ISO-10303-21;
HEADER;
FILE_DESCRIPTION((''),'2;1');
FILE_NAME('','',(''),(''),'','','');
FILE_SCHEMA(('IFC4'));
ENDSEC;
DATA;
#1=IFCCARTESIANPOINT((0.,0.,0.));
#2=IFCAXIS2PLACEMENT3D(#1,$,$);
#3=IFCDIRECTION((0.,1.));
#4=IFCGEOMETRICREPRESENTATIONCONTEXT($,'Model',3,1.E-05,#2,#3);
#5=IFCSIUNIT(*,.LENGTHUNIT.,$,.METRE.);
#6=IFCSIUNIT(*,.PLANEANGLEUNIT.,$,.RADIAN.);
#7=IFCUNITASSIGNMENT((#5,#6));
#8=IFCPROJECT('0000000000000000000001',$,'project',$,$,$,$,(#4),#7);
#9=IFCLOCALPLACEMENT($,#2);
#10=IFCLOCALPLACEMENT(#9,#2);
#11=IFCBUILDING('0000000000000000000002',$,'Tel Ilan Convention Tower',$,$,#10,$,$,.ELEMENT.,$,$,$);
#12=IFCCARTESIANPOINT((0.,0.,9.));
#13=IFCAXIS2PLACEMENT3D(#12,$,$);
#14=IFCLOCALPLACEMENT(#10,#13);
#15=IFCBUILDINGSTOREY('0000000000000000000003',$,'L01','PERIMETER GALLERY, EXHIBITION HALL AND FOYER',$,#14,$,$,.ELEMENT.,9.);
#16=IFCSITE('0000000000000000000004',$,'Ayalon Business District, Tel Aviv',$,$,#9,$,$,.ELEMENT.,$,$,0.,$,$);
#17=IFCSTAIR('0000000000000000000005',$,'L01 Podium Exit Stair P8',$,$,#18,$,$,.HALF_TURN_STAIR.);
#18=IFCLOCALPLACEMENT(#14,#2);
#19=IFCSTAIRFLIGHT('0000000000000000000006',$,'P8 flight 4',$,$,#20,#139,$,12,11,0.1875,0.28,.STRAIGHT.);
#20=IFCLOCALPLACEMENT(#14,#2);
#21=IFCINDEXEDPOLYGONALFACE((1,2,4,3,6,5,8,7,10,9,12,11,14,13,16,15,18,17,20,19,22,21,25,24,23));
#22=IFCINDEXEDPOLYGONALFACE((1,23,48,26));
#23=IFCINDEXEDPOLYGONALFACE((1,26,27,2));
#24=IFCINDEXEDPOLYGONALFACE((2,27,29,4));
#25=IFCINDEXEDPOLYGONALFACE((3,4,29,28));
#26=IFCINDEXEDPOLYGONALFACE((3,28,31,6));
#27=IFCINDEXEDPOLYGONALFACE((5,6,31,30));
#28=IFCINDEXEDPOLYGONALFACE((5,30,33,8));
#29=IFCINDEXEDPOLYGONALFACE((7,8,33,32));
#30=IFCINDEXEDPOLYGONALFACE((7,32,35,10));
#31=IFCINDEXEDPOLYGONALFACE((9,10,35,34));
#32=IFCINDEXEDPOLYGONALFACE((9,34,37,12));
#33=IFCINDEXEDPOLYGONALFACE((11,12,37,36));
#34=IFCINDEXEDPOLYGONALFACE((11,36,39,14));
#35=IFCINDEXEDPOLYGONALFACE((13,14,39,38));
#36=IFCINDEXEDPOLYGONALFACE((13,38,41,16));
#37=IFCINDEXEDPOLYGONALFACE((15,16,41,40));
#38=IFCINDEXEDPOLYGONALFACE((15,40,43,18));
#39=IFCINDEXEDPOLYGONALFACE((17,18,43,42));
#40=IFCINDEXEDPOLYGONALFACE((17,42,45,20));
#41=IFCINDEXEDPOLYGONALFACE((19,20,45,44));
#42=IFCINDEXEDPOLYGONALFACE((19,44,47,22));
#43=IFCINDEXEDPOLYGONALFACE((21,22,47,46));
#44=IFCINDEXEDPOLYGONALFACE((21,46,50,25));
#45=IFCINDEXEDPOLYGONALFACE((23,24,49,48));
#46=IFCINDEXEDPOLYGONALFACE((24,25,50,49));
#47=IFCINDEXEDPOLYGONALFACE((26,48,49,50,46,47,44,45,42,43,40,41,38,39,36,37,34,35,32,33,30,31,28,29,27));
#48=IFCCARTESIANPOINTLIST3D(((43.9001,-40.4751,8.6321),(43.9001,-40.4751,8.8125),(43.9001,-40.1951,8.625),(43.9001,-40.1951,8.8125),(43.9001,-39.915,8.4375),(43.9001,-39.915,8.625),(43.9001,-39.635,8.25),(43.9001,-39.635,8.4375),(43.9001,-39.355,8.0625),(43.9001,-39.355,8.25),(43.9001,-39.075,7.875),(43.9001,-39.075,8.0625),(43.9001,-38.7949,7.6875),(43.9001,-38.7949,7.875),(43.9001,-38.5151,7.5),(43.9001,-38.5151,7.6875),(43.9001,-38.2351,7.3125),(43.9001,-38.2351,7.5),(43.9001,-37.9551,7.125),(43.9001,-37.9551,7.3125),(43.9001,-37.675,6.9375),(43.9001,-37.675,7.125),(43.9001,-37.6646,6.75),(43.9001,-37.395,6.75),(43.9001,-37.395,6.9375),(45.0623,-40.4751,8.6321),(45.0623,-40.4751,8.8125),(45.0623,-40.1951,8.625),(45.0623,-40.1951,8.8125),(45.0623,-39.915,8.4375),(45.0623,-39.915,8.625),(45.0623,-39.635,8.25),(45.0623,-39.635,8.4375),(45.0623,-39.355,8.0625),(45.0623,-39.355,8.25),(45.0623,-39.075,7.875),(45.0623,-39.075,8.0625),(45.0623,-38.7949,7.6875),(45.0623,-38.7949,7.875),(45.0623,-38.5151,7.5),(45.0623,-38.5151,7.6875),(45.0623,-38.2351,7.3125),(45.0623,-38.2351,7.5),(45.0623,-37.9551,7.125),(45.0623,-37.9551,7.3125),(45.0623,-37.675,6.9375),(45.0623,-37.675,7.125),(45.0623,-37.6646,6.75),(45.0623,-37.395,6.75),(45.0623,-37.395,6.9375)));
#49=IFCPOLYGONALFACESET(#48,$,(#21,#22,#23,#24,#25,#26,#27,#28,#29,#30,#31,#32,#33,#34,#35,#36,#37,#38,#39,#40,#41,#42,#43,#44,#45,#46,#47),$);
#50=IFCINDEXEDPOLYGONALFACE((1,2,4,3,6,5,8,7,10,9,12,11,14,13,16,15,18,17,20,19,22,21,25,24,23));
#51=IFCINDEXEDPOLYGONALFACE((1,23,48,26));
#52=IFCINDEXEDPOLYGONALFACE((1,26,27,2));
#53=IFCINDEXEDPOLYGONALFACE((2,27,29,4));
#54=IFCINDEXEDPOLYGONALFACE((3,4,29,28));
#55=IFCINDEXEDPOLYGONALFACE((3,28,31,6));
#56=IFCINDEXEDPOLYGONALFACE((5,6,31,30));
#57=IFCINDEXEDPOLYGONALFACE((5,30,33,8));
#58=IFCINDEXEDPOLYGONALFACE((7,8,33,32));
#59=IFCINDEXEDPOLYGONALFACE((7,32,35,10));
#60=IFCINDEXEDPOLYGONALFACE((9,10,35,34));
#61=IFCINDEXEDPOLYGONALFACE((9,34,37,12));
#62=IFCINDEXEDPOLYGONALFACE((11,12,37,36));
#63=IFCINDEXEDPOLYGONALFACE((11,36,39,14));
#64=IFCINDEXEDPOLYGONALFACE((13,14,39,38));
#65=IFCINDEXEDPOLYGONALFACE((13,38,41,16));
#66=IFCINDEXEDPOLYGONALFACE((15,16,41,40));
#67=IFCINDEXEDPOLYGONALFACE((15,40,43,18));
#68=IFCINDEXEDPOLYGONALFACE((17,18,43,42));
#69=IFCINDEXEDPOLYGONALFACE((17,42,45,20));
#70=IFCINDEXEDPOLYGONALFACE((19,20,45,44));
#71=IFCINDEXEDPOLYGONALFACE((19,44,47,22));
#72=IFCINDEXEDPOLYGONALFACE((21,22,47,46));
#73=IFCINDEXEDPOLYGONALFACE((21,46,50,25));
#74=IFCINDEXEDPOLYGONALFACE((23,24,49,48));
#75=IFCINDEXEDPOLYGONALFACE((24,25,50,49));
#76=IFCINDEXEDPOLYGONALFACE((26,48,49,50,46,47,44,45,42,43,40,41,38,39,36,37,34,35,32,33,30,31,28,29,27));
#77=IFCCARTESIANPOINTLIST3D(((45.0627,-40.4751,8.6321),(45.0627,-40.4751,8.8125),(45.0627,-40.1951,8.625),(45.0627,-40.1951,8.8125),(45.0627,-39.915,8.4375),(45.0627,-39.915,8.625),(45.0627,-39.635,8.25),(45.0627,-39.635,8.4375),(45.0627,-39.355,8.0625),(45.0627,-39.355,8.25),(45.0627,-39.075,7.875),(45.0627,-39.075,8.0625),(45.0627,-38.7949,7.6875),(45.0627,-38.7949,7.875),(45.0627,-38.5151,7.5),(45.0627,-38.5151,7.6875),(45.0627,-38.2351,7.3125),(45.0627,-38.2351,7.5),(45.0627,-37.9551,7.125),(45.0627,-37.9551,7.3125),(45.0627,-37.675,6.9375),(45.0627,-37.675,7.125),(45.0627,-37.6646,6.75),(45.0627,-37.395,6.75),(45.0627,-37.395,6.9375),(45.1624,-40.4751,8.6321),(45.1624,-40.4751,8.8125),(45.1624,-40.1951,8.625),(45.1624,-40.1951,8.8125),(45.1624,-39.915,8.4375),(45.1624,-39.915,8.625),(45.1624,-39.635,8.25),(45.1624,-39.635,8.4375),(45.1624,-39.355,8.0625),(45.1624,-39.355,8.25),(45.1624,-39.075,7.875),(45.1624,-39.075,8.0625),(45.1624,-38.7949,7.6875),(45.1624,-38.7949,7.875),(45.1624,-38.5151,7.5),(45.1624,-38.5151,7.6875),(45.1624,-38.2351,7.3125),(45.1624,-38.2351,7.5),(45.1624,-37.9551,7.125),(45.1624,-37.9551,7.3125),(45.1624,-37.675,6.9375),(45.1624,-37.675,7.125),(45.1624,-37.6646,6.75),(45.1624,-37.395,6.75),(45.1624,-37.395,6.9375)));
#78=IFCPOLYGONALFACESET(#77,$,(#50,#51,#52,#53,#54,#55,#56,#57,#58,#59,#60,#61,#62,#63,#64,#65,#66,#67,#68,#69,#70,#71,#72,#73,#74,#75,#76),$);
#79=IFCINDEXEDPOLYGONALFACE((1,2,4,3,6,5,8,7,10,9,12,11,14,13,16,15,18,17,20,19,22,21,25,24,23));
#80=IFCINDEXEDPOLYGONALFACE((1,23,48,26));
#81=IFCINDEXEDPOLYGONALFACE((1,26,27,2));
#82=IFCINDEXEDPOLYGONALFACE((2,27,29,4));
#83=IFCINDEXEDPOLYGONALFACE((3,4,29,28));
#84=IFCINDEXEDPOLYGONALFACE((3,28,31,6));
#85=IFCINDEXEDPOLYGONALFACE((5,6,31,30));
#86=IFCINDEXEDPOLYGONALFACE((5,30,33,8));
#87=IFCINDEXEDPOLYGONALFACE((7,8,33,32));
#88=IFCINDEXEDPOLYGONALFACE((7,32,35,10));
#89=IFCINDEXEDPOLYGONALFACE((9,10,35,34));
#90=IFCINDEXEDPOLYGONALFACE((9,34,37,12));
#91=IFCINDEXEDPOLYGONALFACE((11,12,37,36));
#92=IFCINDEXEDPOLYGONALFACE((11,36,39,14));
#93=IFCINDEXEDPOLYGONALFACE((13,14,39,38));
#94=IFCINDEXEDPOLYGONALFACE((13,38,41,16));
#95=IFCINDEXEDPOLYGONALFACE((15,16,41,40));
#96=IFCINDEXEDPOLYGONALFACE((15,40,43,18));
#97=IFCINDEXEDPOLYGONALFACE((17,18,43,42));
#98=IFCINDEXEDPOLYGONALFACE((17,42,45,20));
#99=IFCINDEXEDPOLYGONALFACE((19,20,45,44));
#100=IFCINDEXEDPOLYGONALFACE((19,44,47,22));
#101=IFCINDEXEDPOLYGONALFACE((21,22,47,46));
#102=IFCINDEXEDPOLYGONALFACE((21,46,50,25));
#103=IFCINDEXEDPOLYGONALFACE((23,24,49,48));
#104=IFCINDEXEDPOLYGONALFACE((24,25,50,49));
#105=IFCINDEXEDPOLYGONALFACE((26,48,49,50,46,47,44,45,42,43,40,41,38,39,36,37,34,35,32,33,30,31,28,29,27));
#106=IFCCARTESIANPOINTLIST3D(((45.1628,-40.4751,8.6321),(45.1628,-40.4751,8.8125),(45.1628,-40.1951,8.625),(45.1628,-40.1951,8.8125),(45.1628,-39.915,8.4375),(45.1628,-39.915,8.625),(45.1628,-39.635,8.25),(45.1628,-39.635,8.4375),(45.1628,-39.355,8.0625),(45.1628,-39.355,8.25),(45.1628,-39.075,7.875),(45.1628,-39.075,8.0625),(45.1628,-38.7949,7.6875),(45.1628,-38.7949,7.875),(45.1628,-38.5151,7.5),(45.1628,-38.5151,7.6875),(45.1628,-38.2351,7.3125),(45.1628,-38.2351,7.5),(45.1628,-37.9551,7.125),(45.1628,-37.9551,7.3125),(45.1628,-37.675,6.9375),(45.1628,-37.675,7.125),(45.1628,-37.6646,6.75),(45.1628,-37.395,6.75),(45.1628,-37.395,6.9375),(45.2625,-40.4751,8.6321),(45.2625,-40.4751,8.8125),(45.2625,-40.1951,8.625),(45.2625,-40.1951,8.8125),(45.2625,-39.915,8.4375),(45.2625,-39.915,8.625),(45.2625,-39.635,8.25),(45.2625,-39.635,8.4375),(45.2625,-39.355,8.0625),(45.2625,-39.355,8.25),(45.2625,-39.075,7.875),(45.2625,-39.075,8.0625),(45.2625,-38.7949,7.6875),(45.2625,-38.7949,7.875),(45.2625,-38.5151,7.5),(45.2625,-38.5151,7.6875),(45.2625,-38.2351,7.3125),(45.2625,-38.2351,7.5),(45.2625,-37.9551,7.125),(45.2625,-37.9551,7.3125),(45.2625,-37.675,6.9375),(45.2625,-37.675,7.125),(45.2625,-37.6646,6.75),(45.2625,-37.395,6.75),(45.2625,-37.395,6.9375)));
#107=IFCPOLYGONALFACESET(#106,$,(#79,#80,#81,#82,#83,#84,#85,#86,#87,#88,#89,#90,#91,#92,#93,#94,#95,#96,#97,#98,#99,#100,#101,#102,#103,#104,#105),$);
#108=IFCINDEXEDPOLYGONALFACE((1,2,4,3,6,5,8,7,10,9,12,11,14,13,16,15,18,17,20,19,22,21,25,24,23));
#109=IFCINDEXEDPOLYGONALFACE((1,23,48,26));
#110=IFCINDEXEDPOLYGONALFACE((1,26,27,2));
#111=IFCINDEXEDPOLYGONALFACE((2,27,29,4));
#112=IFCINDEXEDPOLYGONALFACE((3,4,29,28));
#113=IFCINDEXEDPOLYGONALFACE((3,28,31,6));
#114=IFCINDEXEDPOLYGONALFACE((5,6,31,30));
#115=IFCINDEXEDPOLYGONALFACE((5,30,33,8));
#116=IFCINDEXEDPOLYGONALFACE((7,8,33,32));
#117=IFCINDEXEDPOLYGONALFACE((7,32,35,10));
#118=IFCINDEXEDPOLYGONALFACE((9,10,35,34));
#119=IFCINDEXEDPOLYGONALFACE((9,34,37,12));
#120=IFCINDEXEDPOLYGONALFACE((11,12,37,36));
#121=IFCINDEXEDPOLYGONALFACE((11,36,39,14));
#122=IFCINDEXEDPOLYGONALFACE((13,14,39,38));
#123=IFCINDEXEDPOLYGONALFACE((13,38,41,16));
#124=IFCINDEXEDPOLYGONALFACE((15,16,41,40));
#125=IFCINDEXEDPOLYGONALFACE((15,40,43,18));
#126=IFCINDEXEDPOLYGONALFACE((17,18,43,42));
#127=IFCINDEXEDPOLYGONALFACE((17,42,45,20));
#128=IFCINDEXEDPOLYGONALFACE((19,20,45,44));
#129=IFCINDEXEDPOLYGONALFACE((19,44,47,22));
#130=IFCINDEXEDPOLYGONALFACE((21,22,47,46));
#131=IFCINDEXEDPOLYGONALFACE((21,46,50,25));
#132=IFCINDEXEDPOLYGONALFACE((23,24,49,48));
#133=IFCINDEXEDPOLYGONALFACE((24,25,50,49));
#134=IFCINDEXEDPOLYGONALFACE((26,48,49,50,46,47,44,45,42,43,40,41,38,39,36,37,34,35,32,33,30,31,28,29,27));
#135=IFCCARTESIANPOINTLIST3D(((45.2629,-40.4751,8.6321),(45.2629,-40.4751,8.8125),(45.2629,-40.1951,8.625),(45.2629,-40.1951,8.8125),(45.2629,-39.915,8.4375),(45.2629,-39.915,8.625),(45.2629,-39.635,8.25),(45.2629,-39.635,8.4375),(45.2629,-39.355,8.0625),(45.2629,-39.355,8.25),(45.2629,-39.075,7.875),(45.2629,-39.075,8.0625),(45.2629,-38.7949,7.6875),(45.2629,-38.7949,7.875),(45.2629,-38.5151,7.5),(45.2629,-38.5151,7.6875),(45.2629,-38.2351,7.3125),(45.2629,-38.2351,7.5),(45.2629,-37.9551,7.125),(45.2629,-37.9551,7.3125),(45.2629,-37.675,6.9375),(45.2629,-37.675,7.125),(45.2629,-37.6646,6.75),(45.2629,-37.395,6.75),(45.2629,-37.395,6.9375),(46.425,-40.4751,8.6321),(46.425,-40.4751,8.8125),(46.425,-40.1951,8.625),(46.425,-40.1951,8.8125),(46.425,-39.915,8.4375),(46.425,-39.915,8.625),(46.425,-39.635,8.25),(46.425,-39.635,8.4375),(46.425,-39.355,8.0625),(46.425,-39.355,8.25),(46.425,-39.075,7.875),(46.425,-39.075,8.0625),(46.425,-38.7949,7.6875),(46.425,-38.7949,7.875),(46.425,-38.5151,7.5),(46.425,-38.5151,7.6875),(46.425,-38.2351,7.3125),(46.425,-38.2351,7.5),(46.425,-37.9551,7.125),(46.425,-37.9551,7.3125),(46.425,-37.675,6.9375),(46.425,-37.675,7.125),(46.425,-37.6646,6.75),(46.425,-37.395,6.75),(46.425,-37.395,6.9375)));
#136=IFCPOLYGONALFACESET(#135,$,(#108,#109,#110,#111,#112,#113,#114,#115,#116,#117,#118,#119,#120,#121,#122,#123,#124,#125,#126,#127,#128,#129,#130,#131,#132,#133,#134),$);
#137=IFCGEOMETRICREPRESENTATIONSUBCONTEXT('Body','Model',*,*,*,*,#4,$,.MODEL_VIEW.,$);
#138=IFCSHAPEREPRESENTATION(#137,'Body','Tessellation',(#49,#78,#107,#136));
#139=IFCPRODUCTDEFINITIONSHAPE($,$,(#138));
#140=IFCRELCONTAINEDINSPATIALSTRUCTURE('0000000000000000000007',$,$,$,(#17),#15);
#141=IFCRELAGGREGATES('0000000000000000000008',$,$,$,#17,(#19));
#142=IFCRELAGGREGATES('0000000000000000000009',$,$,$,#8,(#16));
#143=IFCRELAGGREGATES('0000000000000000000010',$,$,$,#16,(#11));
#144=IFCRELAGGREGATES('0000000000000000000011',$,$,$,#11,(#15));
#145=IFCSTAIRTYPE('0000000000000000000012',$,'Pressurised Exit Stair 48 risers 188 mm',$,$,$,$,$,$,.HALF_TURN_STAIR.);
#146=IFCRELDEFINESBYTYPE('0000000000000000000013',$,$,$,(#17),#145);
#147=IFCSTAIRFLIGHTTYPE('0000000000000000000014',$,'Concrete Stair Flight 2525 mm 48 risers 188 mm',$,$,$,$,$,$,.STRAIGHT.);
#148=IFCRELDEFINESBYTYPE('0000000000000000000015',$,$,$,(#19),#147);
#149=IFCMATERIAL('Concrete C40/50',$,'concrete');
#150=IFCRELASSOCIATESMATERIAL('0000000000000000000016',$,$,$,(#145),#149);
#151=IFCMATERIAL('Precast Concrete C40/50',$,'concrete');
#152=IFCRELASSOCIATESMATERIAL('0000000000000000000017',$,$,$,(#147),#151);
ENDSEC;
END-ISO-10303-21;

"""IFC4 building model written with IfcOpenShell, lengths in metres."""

from ifc_helpers import new_model, si_unit, direction, frame, origin, place, context, subcontext, project, spatial, polyline, outline, extrude, material, type_object, element, aggregate, save


model = new_model("IFC4")

# Units and contexts
model_context = context("Model", 3, precision=1e-05, world=origin(), true_north=direction((0.0, 1.0)))
body_context = subcontext(model_context, "Body", "Model", "MODEL_VIEW")
ifc_project = project(units=[si_unit("LENGTHUNIT", "METRE"), si_unit("PLANEANGLEUNIT", "RADIAN")], contexts=[model_context])

# Site, building, storey
site_placement = place(None, origin())
site = spatial("IfcSite", under=ifc_project, at=site_placement, Name="Ayalon Business District, Tel Aviv", CompositionType="ELEMENT", RefElevation=0.0)
building_placement = place(site_placement, origin())
building = spatial("IfcBuilding", under=site, at=building_placement, Name="Tel Ilan Convention Tower", CompositionType="ELEMENT")
storey_placement = place(building_placement, frame((0.0, 0.0, 9.0)))
storey = spatial("IfcBuildingStorey", under=building, at=storey_placement, Name="L01", Description="PERIMETER GALLERY, EXHIBITION HALL AND FOYER", CompositionType="ELEMENT", Elevation=9.0)

# Stair, stair flight
ifc_material_1 = material(Name="Concrete C40/50", Category="concrete")
stair_type = type_object("IfcStairType", Name="Pressurised Exit Stair 48 risers 188 mm", PredefinedType="HALF_TURN_STAIR", material=ifc_material_1)
ifc_material_2 = material(Name="Precast Concrete C40/50", Category="concrete")
stair_flight_type = type_object("IfcStairFlightType", Name="Concrete Stair Flight 2525 mm 48 risers 188 mm", PredefinedType="STRAIGHT", material=ifc_material_2)
stair_1_placement = place(storey_placement, origin())
stair_1 = element("IfcStair", 1, at=stair_1_placement, inside=storey, type_object=stair_type, Name="L01 Podium Exit Stair P8", PredefinedType="HALF_TURN_STAIR")
stair_flight_1_placement = place(storey_placement, frame((45.1626, -37.395, 6.75), z_axis=(0.0, 0.0, 1.0), x_axis=(0.0, -1.0, 0.0)))
stair_flight_1 = element("IfcStairFlight", 2, at=stair_flight_1_placement, type_object=stair_flight_type, Name="P8 flight 4", NumberOfRisers=12, NumberOfTreads=11, PredefinedType="STRAIGHT", RiserHeight=0.1875, TreadLength=0.28, context=body_context, shape_type="SweptSolid", body=[
    extrude(outline(polyline([(0.0, 0.0), (0.0, 0.1875), (0.28, 0.1875), (0.28, 0.375), (0.5601, 0.375), (0.5601, 0.5625), (0.8401, 0.5625), (0.8401, 0.75), (1.1201, 0.75), (1.1201, 0.9375), (1.3999, 0.9375), (1.3999, 1.125), (1.6799, 1.125), (1.6799, 1.3125), (1.96, 1.3125), (1.96, 1.5), (2.24, 1.5), (2.24, 1.6875), (2.52, 1.6875), (2.52, 1.875), (2.8, 1.875), (2.8, 2.0625), (3.0801, 2.0625), (3.0801, 2.25), (3.0801, 1.8821), (0.2695, 0.0), (0.0, 0.0)])), frame((0.0, -0.1003, 0.0), z_axis=(0.0, -1.0, 0.0), x_axis=(1.0, 0.0, 0.0)), (0.0, 0.0, 1.0), 1.1621),
    extrude(outline(polyline([(0.0, 0.0), (0.0, 0.1875), (0.28, 0.1875), (0.28, 0.375), (0.5601, 0.375), (0.5601, 0.5625), (0.8401, 0.5625), (0.8401, 0.75), (1.1201, 0.75), (1.1201, 0.9375), (1.3999, 0.9375), (1.3999, 1.125), (1.6799, 1.125), (1.6799, 1.3125), (1.96, 1.3125), (1.96, 1.5), (2.24, 1.5), (2.24, 1.6875), (2.52, 1.6875), (2.52, 1.875), (2.8, 1.875), (2.8, 2.0625), (3.0801, 2.0625), (3.0801, 2.25), (3.0801, 1.8821), (0.2695, 0.0), (0.0, 0.0)])), frame((0.0, -0.0002, 0.0), z_axis=(0.0, -1.0, 0.0), x_axis=(1.0, 0.0, 0.0)), (0.0, 0.0, 1.0), 0.0996),
    extrude(outline(polyline([(0.0, 0.0), (0.0, 0.1875), (0.28, 0.1875), (0.28, 0.375), (0.5601, 0.375), (0.5601, 0.5625), (0.8401, 0.5625), (0.8401, 0.75), (1.1201, 0.75), (1.1201, 0.9375), (1.3999, 0.9375), (1.3999, 1.125), (1.6799, 1.125), (1.6799, 1.3125), (1.96, 1.3125), (1.96, 1.5), (2.24, 1.5), (2.24, 1.6875), (2.52, 1.6875), (2.52, 1.875), (2.8, 1.875), (2.8, 2.0625), (3.0801, 2.0625), (3.0801, 2.25), (3.0801, 1.8821), (0.2695, 0.0), (0.0, 0.0)])), frame((0.0, 0.0999, 0.0), z_axis=(0.0, -1.0, 0.0), x_axis=(1.0, 0.0, 0.0)), (0.0, 0.0, 1.0), 0.0996),
    extrude(outline(polyline([(0.0, 0.0), (0.0, 0.1875), (0.28, 0.1875), (0.28, 0.375), (0.5601, 0.375), (0.5601, 0.5625), (0.8401, 0.5625), (0.8401, 0.75), (1.1201, 0.75), (1.1201, 0.9375), (1.3999, 0.9375), (1.3999, 1.125), (1.6799, 1.125), (1.6799, 1.3125), (1.96, 1.3125), (1.96, 1.5), (2.24, 1.5), (2.24, 1.6875), (2.52, 1.6875), (2.52, 1.875), (2.8, 1.875), (2.8, 2.0625), (3.0801, 2.0625), (3.0801, 2.25), (3.0801, 1.8821), (0.2695, 0.0), (0.0, 0.0)])), frame((0.0, 1.2625, 0.0), z_axis=(0.0, -1.0, 0.0), x_axis=(1.0, 0.0, 0.0)), (0.0, 0.0, 1.0), 1.1621),
])
aggregate(stair_1, [stair_flight_1])

save(model, "model.ifc")
